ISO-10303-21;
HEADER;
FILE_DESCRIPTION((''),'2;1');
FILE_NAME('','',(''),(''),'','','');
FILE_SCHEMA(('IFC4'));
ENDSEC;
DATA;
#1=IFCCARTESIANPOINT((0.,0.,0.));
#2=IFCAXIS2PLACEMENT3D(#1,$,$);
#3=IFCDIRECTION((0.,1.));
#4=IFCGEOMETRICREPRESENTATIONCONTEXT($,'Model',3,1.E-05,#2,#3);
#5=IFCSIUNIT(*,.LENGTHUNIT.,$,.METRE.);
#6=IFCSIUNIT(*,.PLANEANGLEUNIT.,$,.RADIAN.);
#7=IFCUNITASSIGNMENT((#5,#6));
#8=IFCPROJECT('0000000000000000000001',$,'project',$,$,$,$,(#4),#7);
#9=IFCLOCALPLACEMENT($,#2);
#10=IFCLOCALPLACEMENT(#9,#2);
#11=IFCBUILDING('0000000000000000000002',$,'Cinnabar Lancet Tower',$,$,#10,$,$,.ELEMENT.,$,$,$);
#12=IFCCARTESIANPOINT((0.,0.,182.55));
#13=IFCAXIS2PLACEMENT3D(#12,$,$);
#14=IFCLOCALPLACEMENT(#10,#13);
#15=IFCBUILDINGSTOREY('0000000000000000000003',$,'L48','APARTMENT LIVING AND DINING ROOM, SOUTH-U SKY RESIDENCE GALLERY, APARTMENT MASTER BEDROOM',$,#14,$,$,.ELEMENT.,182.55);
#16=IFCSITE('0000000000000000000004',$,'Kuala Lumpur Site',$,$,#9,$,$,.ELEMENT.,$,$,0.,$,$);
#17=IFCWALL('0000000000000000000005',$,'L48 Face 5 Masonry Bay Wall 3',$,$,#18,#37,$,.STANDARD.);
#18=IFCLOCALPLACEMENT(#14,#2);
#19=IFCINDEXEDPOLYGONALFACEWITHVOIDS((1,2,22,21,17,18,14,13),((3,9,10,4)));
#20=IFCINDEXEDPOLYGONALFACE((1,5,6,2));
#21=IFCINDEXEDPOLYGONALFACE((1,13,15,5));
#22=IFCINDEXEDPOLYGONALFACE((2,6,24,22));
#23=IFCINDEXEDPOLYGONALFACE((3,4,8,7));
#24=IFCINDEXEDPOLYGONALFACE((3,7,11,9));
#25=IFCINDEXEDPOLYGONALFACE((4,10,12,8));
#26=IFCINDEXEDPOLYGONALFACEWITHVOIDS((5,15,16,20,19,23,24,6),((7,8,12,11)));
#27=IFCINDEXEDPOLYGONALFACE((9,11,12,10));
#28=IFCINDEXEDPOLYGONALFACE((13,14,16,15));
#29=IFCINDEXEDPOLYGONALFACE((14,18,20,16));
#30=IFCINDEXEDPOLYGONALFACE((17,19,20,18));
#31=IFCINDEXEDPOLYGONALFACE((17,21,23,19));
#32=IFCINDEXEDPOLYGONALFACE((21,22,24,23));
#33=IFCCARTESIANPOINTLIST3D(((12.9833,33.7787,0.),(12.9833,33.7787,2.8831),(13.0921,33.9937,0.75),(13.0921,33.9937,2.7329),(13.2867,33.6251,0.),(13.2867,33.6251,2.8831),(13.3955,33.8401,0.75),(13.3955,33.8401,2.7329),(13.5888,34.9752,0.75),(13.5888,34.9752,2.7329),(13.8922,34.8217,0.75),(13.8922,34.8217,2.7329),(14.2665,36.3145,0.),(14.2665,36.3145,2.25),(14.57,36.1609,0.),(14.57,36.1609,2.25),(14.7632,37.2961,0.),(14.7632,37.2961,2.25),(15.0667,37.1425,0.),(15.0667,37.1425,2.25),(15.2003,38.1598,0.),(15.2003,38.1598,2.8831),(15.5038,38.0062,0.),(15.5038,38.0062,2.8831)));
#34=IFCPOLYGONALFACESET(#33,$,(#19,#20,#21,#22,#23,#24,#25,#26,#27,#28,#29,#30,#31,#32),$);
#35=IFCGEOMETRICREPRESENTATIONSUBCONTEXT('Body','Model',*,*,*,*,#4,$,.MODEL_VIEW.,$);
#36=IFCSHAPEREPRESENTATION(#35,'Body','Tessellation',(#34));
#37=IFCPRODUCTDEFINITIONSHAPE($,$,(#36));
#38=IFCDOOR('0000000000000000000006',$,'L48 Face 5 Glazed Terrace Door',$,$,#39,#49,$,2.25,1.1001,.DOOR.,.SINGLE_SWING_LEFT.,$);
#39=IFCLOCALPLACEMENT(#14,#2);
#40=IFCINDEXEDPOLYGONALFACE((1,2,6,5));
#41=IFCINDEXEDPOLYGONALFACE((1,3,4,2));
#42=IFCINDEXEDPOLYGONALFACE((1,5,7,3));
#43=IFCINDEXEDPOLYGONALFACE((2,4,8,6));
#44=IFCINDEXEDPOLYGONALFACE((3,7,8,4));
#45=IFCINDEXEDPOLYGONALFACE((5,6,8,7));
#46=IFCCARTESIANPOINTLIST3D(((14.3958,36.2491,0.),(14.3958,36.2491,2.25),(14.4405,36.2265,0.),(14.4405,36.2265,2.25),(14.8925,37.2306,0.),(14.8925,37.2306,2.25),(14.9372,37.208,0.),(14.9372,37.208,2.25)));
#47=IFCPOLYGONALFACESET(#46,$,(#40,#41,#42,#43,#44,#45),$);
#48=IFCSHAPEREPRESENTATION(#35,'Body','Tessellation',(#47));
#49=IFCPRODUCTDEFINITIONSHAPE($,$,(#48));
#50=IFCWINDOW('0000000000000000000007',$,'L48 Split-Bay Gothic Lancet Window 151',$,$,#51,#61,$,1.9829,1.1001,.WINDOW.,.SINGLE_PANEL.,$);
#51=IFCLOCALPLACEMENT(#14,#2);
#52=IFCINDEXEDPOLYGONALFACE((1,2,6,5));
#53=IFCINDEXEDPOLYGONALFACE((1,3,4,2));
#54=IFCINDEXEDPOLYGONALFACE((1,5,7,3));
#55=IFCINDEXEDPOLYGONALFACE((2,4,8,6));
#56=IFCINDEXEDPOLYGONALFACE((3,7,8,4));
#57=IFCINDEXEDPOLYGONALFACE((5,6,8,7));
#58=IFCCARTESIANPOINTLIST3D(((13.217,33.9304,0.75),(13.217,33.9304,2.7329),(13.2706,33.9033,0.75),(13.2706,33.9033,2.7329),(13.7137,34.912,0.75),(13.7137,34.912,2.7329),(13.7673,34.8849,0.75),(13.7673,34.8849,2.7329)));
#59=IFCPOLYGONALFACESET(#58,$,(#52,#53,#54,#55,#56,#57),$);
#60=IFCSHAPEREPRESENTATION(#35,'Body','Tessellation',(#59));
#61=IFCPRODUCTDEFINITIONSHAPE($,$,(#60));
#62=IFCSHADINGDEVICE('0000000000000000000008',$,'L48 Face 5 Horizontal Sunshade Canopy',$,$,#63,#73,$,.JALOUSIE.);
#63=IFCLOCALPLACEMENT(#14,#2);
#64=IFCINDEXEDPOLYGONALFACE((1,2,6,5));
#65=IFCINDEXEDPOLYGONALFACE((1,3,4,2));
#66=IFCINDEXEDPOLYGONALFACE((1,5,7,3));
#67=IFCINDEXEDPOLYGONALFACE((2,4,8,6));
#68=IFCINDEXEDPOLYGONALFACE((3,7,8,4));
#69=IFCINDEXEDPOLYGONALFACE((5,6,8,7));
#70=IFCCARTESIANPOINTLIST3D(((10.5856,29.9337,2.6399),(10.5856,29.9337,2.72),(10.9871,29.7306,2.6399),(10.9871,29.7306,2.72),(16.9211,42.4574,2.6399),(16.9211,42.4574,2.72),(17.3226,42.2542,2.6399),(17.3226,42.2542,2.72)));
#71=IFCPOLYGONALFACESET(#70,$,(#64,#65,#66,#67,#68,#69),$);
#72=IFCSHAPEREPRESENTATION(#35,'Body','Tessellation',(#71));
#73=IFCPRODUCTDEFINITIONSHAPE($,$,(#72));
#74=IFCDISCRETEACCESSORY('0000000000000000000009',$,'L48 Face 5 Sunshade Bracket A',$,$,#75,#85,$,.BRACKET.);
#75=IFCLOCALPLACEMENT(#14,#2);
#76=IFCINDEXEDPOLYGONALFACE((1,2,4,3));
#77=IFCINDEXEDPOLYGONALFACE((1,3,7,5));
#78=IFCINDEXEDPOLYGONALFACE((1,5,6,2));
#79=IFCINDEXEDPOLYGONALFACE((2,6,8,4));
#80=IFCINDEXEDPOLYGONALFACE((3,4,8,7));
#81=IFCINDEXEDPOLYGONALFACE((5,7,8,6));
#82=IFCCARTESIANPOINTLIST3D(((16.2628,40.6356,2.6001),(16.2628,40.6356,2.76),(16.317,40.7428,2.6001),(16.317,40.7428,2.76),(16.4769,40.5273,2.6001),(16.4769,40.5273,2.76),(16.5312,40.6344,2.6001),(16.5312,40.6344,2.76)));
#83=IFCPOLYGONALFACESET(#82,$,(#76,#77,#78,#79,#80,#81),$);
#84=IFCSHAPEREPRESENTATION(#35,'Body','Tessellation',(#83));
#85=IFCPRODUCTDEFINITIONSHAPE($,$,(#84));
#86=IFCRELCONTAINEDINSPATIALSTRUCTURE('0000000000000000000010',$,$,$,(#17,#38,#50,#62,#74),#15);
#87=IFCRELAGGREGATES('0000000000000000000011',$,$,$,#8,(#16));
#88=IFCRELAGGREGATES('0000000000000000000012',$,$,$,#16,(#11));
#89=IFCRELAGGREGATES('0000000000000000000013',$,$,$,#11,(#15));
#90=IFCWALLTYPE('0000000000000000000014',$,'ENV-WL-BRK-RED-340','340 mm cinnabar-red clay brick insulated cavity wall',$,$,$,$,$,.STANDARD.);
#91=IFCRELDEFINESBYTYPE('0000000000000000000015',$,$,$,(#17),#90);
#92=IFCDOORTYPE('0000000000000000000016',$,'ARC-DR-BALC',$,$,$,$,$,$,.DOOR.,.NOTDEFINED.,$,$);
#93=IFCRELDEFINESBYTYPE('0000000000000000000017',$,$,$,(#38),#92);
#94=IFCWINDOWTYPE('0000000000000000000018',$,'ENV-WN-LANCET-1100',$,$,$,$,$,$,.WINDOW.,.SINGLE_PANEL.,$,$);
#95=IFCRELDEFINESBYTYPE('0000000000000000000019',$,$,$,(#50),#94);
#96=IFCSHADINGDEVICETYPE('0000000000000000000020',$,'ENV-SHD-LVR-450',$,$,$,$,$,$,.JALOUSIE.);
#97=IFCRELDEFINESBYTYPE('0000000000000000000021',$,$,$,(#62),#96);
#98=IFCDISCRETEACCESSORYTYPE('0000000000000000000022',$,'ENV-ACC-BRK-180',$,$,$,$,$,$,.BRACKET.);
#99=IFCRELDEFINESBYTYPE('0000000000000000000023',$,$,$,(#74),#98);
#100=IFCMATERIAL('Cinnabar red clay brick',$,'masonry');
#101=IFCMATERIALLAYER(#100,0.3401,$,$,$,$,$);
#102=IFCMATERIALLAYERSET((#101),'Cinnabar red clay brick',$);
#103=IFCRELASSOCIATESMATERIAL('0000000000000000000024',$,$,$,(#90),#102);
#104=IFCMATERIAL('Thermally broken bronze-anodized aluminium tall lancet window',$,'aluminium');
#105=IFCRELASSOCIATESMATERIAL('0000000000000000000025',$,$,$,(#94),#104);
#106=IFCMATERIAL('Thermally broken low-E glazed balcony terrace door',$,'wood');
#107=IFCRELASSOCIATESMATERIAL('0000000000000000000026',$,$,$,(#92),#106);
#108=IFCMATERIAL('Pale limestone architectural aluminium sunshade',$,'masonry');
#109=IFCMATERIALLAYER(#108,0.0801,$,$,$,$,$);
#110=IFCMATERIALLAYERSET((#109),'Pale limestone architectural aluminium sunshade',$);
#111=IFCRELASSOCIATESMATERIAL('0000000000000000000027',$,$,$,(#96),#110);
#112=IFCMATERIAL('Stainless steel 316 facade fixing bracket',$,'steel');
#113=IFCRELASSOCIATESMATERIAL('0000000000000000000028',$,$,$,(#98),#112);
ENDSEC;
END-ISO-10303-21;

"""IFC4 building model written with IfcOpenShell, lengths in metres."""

from ifc_helpers import new_model, si_unit, direction, frame, frame_2d, origin, origin_2d, place, context, subcontext, project, spatial, rectangle, extrude, material, layer, layer_set, type_object, element, fill, save


model = new_model("IFC4")

# Units and contexts
model_context = context("Model", 3, precision=1e-05, world=origin(), true_north=direction((0.0, 1.0)))
body_context = subcontext(model_context, "Body", "Model", "MODEL_VIEW")
ifc_project = project(units=[si_unit("LENGTHUNIT", "METRE"), si_unit("PLANEANGLEUNIT", "RADIAN")], contexts=[model_context])

# Site, building, storey
site_placement = place(None, origin())
site = spatial("IfcSite", under=ifc_project, at=site_placement, Name="Kuala Lumpur Site", CompositionType="ELEMENT", RefElevation=0.0)
building_placement = place(site_placement, origin())
building = spatial("IfcBuilding", under=site, at=building_placement, Name="Cinnabar Lancet Tower", CompositionType="ELEMENT")
storey_placement = place(building_placement, frame((0.0, 0.0, 182.55)))
storey = spatial("IfcBuildingStorey", under=building, at=storey_placement, Name="L48", Description="APARTMENT LIVING AND DINING ROOM, SOUTH-U SKY RESIDENCE GALLERY, APARTMENT MASTER BEDROOM", CompositionType="ELEMENT", Elevation=182.55)

# Shared definitions
ifc_material_1 = material(Name="Cinnabar red clay brick", Category="masonry")
ifc_layer_1 = layer(ifc_material_1, 0.3401)
ifc_layer_set_1 = layer_set([ifc_layer_1], Name="Cinnabar red clay brick")
wall_type_1 = type_object("IfcWallType", Name="ENV-WL-BRK-RED-340", Description="340 mm cinnabar-red clay brick insulated cavity wall", PredefinedType="STANDARD", material=ifc_layer_set_1)

# Shared definitions
ifc_material_2 = material(Name="Thermally broken bronze-anodized aluminium tall lancet window", Category="aluminium")
window_type = type_object("IfcWindowType", Name="ENV-WN-LANCET-1100", PartitioningType="SINGLE_PANEL", PredefinedType="WINDOW", material=ifc_material_2)

# Wall, openings, door, window
wall_1_placement = place(storey_placement, frame((15.3521, 38.083, 0.0), z_axis=(0.0, 0.0, 1.0), x_axis=(-0.451524, -0.892259, 0.0)))
wall_1 = element("IfcWall", 1, at=wall_1_placement, inside=storey, type_object=wall_type_1, Name="L48 Face 5 Masonry Bay Wall 3", PredefinedType="STANDARD", context=body_context, shape_type="SweptSolid", body=[
    extrude(rectangle(XDim=4.9102, YDim=0.3401, at=frame_2d((2.4551, 0.0))), origin(), (0.0, 0.0, 1.0), 2.8831),
])
opening_1_placement = place(wall_1_placement, frame((0.968, 0.0, 0.0)))
opening_1 = element("IfcOpeningElement", 2, at=opening_1_placement, cuts=wall_1, PredefinedType="OPENING", context=body_context, shape_type="SweptSolid", body=[
    extrude(rectangle(XDim=1.1001, YDim=2.25, at=frame_2d((0.55, 1.125))), frame((0.0, 0.1799, 0.0), z_axis=(0.0, -1.0, 0.0), x_axis=(1.0, 0.0, 0.0)), (0.0, 0.0, 1.0), 0.3601),
])
opening_2_placement = place(wall_1_placement, frame((3.5691, 0.0, 0.75)))
opening_2 = element("IfcOpeningElement", 3, at=opening_2_placement, cuts=wall_1, PredefinedType="OPENING", context=body_context, shape_type="SweptSolid", body=[
    extrude(rectangle(XDim=1.1001, YDim=1.9829, at=frame_2d((0.55, 0.9915))), frame((0.0, 0.1799, 0.0), z_axis=(0.0, -1.0, 0.0), x_axis=(1.0, 0.0, 0.0)), (0.0, 0.0, 1.0), 0.3601),
])
ifc_material_3 = material(Name="Thermally broken low-E glazed balcony terrace door", Category="wood")
door_type_1 = type_object("IfcDoorType", Name="ARC-DR-BALC", OperationType="NOTDEFINED", PredefinedType="DOOR", material=ifc_material_3)
door_1_placement = place(opening_1_placement, origin())
door_1 = element("IfcDoor", 4, at=door_1_placement, inside=storey, type_object=door_type_1, Name="L48 Face 5 Glazed Terrace Door", OperationType="SINGLE_SWING_LEFT", OverallHeight=2.25, OverallWidth=1.1001, PredefinedType="DOOR", context=body_context, shape_type="SweptSolid", body=[
    extrude(rectangle(XDim=1.1001, YDim=2.25, at=frame_2d((0.55, 1.125))), frame((0.0, 0.0249, 0.0), z_axis=(0.0, -1.0, 0.0), x_axis=(1.0, 0.0, 0.0)), (0.0, 0.0, 1.0), 0.05),
])
fill(opening_1, door_1)
window_1_placement = place(opening_2_placement, origin())
window_1 = element("IfcWindow", 5, at=window_1_placement, inside=storey, type_object=window_type, Name="L48 Split-Bay Gothic Lancet Window 151", OverallHeight=1.9829, OverallWidth=1.1001, PartitioningType="SINGLE_PANEL", PredefinedType="WINDOW", context=body_context, shape_type="SweptSolid", body=[
    extrude(rectangle(XDim=1.1001, YDim=1.9829, at=frame_2d((0.55, 0.9915))), frame((0.0, 0.03, 0.0), z_axis=(0.0, -1.0, 0.0), x_axis=(1.0, 0.0, 0.0)), (0.0, 0.0, 1.0), 0.0601),
])
fill(opening_2, window_1)

# Shading device
ifc_material_4 = material(Name="Pale limestone architectural aluminium sunshade", Category="masonry")
ifc_layer_2 = layer(ifc_material_4, 0.0801)
ifc_layer_set_2 = layer_set([ifc_layer_2], Name="Pale limestone architectural aluminium sunshade")
shading_device_type = type_object("IfcShadingDeviceType", Name="ENV-SHD-LVR-450", PredefinedType="JALOUSIE", material=ifc_layer_set_2)
shading_device_placement = place(storey_placement, frame((13.9541, 36.094, 2.6399), z_axis=(0.0, 0.0, 1.0), x_axis=(-0.451407, -0.892318, 0.0)))
element("IfcShadingDevice", 6, at=shading_device_placement, inside=storey, type_object=shading_device_type, Name="L48 Face 5 Horizontal Sunshade Canopy", PredefinedType="JALOUSIE", context=body_context, shape_type="SweptSolid", body=[
    extrude(rectangle(XDim=14.0349, YDim=0.45, at=origin_2d()), origin(), (0.0, 0.0, 1.0), 0.0801),
])

# Discrete accessory
ifc_material_5 = material(Name="Stainless steel 316 facade fixing bracket", Category="steel")
discrete_accessory_type = type_object("IfcDiscreteAccessoryType", Name="ENV-ACC-BRK-180", PredefinedType="BRACKET", material=ifc_material_5)
discrete_accessory_placement = place(storey_placement, frame((16.397, 40.635, 2.6001), z_axis=(0.0, 0.0, 1.0), x_axis=(-0.451407, -0.892318, 0.0)))
element("IfcDiscreteAccessory", 7, at=discrete_accessory_placement, inside=storey, type_object=discrete_accessory_type, Name="L48 Face 5 Sunshade Bracket A", PredefinedType="BRACKET", context=body_context, shape_type="SweptSolid", body=[
    extrude(rectangle(XDim=0.1201, YDim=0.24, at=origin_2d()), origin(), (0.0, 0.0, 1.0), 0.1599),
])

save(model, "model.ifc")
